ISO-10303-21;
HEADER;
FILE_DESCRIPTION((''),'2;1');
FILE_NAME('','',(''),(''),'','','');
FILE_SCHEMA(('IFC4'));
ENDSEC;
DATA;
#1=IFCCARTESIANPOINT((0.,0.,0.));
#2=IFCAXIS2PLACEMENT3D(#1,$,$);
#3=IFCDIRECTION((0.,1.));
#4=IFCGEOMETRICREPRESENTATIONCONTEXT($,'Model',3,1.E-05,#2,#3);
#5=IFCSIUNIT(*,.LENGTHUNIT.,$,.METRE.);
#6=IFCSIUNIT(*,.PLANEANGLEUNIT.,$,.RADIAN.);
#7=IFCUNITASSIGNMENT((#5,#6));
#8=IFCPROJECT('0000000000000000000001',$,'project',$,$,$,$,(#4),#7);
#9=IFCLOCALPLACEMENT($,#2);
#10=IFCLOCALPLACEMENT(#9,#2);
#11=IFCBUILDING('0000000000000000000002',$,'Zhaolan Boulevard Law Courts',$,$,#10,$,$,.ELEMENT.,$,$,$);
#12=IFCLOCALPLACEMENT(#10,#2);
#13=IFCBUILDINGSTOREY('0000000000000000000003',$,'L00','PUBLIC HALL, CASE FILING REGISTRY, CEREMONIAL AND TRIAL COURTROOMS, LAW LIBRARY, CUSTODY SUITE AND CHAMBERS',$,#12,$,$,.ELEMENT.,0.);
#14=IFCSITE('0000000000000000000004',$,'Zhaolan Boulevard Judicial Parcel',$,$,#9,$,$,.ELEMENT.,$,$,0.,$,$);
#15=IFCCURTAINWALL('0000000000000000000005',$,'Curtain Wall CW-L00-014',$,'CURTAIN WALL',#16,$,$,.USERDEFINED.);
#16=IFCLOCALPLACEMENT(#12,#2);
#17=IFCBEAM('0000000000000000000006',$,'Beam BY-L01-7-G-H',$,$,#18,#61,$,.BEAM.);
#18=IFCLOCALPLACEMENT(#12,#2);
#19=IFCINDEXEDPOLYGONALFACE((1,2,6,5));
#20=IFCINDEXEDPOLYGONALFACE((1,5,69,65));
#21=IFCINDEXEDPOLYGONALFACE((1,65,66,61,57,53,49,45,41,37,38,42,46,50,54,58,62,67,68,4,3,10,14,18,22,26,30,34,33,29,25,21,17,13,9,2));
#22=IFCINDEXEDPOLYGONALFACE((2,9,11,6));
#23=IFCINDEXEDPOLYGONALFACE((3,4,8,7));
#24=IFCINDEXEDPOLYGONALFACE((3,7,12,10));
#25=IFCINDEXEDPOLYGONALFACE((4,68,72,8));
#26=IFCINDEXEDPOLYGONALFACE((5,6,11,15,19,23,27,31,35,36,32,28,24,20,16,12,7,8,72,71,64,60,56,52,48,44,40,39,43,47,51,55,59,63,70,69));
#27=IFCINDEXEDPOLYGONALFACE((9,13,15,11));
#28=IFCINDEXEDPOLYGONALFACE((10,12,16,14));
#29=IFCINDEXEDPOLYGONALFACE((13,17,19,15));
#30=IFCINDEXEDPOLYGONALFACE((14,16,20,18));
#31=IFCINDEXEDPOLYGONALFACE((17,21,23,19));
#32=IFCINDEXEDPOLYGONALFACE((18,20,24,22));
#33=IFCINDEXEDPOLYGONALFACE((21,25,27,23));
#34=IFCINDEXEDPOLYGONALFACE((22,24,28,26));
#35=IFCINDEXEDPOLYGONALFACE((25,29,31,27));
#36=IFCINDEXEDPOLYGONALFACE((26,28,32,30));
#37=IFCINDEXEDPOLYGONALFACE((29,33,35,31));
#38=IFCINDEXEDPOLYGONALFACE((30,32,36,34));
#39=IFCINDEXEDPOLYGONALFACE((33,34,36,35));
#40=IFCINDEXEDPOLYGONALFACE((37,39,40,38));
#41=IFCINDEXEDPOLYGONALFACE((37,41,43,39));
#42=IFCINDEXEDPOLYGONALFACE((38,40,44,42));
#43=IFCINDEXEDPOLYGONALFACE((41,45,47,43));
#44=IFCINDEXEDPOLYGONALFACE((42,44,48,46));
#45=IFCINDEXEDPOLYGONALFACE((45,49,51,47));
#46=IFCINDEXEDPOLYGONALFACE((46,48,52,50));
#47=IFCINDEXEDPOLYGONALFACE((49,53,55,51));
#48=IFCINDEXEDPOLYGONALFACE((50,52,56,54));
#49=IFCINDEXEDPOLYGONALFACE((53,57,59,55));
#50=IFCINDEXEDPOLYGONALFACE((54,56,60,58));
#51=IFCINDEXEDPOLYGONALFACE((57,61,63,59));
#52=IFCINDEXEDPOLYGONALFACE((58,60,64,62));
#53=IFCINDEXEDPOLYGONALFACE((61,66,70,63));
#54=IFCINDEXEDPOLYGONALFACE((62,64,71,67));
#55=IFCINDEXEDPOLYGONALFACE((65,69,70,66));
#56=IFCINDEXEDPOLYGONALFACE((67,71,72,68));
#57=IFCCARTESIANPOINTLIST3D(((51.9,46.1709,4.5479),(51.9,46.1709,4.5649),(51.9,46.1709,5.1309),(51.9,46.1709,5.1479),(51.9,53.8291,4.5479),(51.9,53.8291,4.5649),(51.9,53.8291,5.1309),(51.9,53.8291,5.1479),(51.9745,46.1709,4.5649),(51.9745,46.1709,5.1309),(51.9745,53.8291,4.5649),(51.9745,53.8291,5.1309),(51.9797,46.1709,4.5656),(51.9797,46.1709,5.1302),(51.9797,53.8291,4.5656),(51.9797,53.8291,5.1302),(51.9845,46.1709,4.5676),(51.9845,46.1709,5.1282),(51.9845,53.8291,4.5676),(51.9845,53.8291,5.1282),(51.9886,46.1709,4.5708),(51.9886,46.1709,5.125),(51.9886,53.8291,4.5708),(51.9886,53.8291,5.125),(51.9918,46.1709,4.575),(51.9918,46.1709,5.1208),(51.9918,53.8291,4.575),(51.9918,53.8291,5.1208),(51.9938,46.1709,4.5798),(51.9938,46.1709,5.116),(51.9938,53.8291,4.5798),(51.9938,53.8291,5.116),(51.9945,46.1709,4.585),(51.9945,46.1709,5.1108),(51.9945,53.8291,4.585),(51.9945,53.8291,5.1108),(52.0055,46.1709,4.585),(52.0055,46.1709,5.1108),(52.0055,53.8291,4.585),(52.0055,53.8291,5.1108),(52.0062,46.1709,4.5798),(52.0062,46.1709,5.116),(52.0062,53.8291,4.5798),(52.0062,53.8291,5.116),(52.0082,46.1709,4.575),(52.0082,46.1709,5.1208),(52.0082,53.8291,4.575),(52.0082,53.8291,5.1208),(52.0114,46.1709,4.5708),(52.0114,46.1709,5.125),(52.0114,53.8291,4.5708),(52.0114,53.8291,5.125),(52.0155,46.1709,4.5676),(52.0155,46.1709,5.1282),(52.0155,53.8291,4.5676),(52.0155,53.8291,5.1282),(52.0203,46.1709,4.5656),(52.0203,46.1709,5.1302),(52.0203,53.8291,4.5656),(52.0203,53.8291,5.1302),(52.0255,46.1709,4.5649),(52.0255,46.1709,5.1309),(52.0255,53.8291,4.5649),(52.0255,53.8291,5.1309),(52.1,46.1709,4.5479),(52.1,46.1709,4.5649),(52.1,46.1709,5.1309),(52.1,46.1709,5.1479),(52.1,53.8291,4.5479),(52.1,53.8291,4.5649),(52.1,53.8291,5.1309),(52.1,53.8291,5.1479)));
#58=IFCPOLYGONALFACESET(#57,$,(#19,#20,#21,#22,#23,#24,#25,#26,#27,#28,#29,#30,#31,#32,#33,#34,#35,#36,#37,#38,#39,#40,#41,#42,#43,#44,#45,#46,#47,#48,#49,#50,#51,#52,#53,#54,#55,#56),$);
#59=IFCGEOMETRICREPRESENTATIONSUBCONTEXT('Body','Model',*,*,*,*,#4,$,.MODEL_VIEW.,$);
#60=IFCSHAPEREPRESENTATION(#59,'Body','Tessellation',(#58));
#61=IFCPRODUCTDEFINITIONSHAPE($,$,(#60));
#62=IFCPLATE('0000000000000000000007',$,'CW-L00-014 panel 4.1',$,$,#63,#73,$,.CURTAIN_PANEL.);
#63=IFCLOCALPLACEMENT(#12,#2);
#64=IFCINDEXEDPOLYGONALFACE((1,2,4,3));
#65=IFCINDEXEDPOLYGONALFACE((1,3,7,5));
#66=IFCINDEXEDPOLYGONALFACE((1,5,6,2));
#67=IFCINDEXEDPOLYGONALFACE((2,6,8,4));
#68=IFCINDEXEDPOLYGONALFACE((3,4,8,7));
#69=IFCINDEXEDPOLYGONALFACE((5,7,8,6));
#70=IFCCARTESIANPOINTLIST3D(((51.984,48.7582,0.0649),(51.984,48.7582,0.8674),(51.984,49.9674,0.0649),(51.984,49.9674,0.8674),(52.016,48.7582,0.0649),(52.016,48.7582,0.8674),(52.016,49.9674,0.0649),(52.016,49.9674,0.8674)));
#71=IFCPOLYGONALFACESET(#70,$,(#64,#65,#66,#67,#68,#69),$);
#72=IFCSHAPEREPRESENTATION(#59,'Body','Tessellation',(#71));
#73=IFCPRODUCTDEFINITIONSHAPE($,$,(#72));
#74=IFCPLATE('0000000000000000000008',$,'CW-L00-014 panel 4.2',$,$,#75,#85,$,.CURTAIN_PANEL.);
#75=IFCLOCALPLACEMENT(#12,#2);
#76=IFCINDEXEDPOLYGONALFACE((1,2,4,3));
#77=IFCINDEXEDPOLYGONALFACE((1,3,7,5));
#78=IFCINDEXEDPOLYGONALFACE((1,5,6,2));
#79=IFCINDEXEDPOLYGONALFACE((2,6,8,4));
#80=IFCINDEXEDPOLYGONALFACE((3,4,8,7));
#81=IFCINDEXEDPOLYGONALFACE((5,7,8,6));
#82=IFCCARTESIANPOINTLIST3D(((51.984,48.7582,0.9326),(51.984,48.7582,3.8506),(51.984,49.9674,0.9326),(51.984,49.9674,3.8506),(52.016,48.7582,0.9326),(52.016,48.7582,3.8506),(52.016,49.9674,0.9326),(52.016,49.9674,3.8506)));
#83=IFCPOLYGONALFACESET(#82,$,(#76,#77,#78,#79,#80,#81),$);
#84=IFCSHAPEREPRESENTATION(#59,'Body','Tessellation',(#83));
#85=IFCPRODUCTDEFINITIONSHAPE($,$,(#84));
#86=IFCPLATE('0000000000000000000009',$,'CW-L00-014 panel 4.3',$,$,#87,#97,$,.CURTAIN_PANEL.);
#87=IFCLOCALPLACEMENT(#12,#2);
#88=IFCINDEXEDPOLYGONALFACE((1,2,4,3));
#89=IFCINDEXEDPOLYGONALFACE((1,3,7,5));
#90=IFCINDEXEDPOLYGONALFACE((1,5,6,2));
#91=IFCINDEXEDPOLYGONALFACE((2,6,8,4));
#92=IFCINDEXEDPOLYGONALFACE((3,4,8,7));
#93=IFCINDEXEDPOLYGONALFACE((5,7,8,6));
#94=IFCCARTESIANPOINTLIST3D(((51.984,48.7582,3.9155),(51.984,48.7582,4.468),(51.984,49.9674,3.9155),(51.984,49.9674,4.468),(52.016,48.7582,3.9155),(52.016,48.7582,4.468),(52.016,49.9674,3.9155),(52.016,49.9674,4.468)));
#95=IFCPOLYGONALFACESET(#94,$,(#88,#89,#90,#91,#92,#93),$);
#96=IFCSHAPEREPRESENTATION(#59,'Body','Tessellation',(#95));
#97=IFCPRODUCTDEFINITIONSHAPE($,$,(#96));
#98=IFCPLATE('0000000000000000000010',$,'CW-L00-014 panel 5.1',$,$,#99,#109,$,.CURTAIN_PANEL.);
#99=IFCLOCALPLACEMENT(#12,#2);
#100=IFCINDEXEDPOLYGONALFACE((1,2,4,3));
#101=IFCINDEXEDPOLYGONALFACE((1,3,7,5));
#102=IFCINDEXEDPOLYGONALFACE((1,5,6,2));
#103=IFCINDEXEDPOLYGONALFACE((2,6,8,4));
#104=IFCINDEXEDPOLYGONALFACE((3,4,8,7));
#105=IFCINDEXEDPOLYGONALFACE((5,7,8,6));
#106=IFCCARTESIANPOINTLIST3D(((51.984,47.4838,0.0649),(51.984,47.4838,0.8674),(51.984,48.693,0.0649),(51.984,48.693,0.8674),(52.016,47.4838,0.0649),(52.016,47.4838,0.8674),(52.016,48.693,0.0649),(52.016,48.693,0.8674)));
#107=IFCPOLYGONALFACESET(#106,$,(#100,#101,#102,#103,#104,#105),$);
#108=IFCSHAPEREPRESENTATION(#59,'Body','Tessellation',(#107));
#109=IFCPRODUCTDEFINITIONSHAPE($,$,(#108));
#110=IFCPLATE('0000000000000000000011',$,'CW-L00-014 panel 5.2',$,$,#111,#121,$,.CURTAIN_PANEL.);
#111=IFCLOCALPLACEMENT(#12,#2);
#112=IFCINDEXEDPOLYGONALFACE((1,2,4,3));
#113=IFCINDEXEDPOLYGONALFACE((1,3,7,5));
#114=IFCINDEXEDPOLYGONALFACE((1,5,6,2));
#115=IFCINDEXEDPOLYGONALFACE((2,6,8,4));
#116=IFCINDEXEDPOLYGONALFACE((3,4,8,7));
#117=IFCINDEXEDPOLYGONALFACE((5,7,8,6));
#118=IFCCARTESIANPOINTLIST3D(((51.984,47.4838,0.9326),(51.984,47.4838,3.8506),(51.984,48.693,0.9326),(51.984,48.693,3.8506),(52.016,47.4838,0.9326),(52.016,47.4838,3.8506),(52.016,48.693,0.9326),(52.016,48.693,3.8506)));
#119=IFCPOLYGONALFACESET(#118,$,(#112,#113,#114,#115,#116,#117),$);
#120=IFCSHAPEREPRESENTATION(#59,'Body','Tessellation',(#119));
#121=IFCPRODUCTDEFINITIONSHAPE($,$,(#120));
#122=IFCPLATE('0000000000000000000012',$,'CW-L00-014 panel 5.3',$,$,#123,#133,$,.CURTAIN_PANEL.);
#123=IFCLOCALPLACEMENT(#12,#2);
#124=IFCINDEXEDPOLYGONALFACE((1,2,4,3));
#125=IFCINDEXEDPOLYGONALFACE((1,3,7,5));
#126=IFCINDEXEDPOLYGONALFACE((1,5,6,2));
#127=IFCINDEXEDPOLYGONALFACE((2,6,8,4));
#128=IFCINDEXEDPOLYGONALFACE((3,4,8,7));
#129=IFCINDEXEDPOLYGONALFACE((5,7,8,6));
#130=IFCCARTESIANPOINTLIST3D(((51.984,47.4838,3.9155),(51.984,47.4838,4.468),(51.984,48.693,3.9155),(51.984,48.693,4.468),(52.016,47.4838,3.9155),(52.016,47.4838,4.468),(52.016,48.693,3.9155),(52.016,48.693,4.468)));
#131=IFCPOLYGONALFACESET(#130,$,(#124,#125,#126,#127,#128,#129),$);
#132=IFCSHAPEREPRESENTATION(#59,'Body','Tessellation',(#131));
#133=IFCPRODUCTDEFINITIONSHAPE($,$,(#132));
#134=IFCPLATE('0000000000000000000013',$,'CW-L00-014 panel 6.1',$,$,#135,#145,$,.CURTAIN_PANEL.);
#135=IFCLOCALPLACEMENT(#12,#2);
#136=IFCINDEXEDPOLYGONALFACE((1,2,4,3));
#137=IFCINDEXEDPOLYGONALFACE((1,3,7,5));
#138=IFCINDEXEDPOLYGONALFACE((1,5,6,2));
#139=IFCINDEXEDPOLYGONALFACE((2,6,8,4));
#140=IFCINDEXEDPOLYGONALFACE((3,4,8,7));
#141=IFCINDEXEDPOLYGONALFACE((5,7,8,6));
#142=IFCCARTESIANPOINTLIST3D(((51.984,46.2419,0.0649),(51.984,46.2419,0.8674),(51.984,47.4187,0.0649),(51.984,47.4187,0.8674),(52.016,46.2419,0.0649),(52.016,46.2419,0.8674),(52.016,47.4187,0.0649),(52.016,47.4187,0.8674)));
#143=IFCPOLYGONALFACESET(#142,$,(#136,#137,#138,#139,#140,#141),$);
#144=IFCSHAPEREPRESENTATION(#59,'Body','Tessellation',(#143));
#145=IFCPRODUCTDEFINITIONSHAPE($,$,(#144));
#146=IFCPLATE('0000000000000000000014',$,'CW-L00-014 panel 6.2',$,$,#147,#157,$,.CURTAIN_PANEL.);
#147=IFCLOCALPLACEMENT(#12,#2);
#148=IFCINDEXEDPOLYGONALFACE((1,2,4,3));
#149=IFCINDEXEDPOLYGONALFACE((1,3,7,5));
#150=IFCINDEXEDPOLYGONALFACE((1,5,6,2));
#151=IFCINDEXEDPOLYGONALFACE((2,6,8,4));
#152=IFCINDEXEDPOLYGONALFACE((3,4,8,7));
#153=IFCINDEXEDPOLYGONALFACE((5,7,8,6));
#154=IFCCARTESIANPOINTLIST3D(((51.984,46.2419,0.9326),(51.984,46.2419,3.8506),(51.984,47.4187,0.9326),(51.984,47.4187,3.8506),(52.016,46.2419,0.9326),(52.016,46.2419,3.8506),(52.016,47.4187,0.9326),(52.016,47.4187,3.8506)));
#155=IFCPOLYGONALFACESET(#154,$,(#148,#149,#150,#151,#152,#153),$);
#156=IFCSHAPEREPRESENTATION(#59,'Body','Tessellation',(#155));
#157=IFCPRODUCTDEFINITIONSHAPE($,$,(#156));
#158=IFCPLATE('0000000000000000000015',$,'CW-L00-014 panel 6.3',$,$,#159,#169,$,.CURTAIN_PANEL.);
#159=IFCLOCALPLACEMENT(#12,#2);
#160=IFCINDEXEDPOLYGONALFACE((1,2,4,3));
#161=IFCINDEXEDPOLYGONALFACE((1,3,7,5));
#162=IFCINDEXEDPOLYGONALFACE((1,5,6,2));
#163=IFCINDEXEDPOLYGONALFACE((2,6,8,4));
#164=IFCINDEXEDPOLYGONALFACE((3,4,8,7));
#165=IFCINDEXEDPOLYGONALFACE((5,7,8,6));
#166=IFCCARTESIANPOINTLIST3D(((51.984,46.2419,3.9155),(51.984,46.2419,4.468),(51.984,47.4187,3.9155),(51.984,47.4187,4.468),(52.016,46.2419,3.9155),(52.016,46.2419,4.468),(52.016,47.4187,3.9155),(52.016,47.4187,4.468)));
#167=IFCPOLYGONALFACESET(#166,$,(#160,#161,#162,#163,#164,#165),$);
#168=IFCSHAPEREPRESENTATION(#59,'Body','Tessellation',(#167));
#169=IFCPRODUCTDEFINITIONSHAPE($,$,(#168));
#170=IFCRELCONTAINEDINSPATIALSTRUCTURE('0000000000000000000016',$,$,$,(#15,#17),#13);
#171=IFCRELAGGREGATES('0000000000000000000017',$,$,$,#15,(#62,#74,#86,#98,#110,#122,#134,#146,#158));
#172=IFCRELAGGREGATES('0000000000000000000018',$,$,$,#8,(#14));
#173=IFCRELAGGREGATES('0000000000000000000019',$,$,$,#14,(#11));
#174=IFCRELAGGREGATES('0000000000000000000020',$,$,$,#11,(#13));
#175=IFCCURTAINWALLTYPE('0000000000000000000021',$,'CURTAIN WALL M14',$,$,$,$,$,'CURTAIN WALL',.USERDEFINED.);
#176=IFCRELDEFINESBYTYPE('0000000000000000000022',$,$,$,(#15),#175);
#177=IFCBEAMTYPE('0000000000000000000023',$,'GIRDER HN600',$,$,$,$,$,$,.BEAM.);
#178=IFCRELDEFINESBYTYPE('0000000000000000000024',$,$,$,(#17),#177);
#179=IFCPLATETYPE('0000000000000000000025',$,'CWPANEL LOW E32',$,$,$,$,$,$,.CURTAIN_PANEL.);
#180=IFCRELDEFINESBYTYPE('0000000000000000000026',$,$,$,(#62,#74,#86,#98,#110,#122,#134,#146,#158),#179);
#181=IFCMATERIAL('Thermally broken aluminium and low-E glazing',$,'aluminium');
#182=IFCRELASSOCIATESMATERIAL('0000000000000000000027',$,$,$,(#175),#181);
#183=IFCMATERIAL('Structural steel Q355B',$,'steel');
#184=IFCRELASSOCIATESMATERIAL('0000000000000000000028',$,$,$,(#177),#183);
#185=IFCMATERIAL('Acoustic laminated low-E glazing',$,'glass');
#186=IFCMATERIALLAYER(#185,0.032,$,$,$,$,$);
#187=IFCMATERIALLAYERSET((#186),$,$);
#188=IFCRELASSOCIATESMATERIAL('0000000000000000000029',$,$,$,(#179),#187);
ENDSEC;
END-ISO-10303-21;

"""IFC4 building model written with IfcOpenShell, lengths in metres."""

from ifc_helpers import new_model, si_unit, direction, frame, origin, origin_2d, place, context, subcontext, project, spatial, rectangle, i_section, extrude, material, layer, layer_set, material_profile, profile_set, type_object, element, aggregate, save


model = new_model("IFC4")

# Units and contexts
model_context = context("Model", 3, precision=1e-05, world=origin(), true_north=direction((0.0, 1.0)))
body_context = subcontext(model_context, "Body", "Model", "MODEL_VIEW")
ifc_project = project(units=[si_unit("LENGTHUNIT", "METRE"), si_unit("PLANEANGLEUNIT", "RADIAN")], contexts=[model_context])

# Site, building, storey
site_placement = place(None, origin())
site = spatial("IfcSite", under=ifc_project, at=site_placement, Name="Zhaolan Boulevard Judicial Parcel", CompositionType="ELEMENT", RefElevation=0.0)
building_placement = place(site_placement, origin())
building = spatial("IfcBuilding", under=site, at=building_placement, Name="Zhaolan Boulevard Law Courts", CompositionType="ELEMENT")
storey_placement = place(building_placement, origin())
storey = spatial("IfcBuildingStorey", under=building, at=storey_placement, Name="L00", Description="PUBLIC HALL, CASE FILING REGISTRY, CEREMONIAL AND TRIAL COURTROOMS, LAW LIBRARY, CUSTODY SUITE AND CHAMBERS", CompositionType="ELEMENT", Elevation=0.0)

# Curtain wall
ifc_material_1 = material(Name="Thermally broken aluminium and low-E glazing", Category="aluminium")
curtain_wall_type = type_object("IfcCurtainWallType", Name="CURTAIN WALL M14", ElementType="CURTAIN WALL", PredefinedType="USERDEFINED", material=ifc_material_1)
curtain_wall_placement = place(storey_placement, origin())
curtain_wall = element("IfcCurtainWall", 1, at=curtain_wall_placement, inside=storey, type_object=curtain_wall_type, Name="Curtain Wall CW-L00-014", ObjectType="CURTAIN WALL", PredefinedType="USERDEFINED")

# Beam
ifc_material_2 = material(Name="Structural steel Q355B", Category="steel")
ifc_material_profile_1 = material_profile(ifc_material_2, i_section(OverallWidth=0.2, OverallDepth=0.6001, WebThickness=0.011, FlangeThickness=0.0171, FilletRadius=0.02, at=origin_2d()), Name="HN600x200")
ifc_profile_set_1 = profile_set([ifc_material_profile_1], Name="Structural steel Q355B")
beam_type = type_object("IfcBeamType", Name="GIRDER HN600", PredefinedType="BEAM", material=ifc_profile_set_1)
beam_placement = place(storey_placement, frame((52.0, 46.1709, 4.8479), z_axis=(0.0, 1.0, 0.0), x_axis=(-1.0, 0.0, 0.0)))
element("IfcBeam", 2, at=beam_placement, inside=storey, type_object=beam_type, Name="Beam BY-L01-7-G-H", PredefinedType="BEAM", context=body_context, shape_type="SweptSolid", body=[
    extrude(i_section(OverallWidth=0.2, OverallDepth=0.6001, WebThickness=0.011, FlangeThickness=0.0171, FilletRadius=0.02, at=origin_2d()), origin(), (0.0, 0.0, 1.0), 7.6582),
])

# Plates
ifc_material_3 = material(Name="Acoustic laminated low-E glazing", Category="glass")
ifc_layer = layer(ifc_material_3, 0.032)
ifc_layer_set = layer_set([ifc_layer])
plate_type = type_object("IfcPlateType", Name="CWPANEL LOW E32", PredefinedType="CURTAIN_PANEL", material=ifc_layer_set)
plate_1_placement = place(storey_placement, frame((52.0, 49.3628, 0.0649), z_axis=(0.0, 0.0, 1.0), x_axis=(0.0, -1.0, 0.0)))
plate_1 = element("IfcPlate", 3, at=plate_1_placement, type_object=plate_type, Name="CW-L00-014 panel 4.1", PredefinedType="CURTAIN_PANEL", context=body_context, shape_type="SweptSolid", body=[
    extrude(rectangle(XDim=1.2092, YDim=0.032, at=origin_2d()), origin(), (0.0, 0.0, 1.0), 0.8025),
])
plate_2_placement = place(storey_placement, frame((52.0, 49.3628, 0.9326), z_axis=(0.0, 0.0, 1.0), x_axis=(0.0, -1.0, 0.0)))
plate_2 = element("IfcPlate", 4, at=plate_2_placement, type_object=plate_type, Name="CW-L00-014 panel 4.2", PredefinedType="CURTAIN_PANEL", context=body_context, shape_type="SweptSolid", body=[
    extrude(rectangle(XDim=1.2092, YDim=0.032, at=origin_2d()), origin(), (0.0, 0.0, 1.0), 2.918),
])
plate_3_placement = place(storey_placement, frame((52.0, 49.3628, 3.9155), z_axis=(0.0, 0.0, 1.0), x_axis=(0.0, -1.0, 0.0)))
plate_3 = element("IfcPlate", 5, at=plate_3_placement, type_object=plate_type, Name="CW-L00-014 panel 4.3", PredefinedType="CURTAIN_PANEL", context=body_context, shape_type="SweptSolid", body=[
    extrude(rectangle(XDim=1.2092, YDim=0.032, at=origin_2d()), origin(), (0.0, 0.0, 1.0), 0.5525),
])
plate_4_placement = place(storey_placement, frame((52.0, 48.0884, 0.0649), z_axis=(0.0, 0.0, 1.0), x_axis=(0.0, -1.0, 0.0)))
plate_4 = element("IfcPlate", 6, at=plate_4_placement, type_object=plate_type, Name="CW-L00-014 panel 5.1", PredefinedType="CURTAIN_PANEL", context=body_context, shape_type="SweptSolid", body=[
    extrude(rectangle(XDim=1.2092, YDim=0.032, at=origin_2d()), origin(), (0.0, 0.0, 1.0), 0.8025),
])
plate_5_placement = place(storey_placement, frame((52.0, 48.0884, 0.9326), z_axis=(0.0, 0.0, 1.0), x_axis=(0.0, -1.0, 0.0)))
plate_5 = element("IfcPlate", 7, at=plate_5_placement, type_object=plate_type, Name="CW-L00-014 panel 5.2", PredefinedType="CURTAIN_PANEL", context=body_context, shape_type="SweptSolid", body=[
    extrude(rectangle(XDim=1.2092, YDim=0.032, at=origin_2d()), origin(), (0.0, 0.0, 1.0), 2.918),
])
plate_6_placement = place(storey_placement, frame((52.0, 48.0884, 3.9155), z_axis=(0.0, 0.0, 1.0), x_axis=(0.0, -1.0, 0.0)))
plate_6 = element("IfcPlate", 8, at=plate_6_placement, type_object=plate_type, Name="CW-L00-014 panel 5.3", PredefinedType="CURTAIN_PANEL", context=body_context, shape_type="SweptSolid", body=[
    extrude(rectangle(XDim=1.2092, YDim=0.032, at=origin_2d()), origin(), (0.0, 0.0, 1.0), 0.5525),
])
plate_7_placement = place(storey_placement, frame((52.0, 46.8303, 0.0649), z_axis=(0.0, 0.0, 1.0), x_axis=(0.0, -1.0, 0.0)))
plate_7 = element("IfcPlate", 9, at=plate_7_placement, type_object=plate_type, Name="CW-L00-014 panel 6.1", PredefinedType="CURTAIN_PANEL", context=body_context, shape_type="SweptSolid", body=[
    extrude(rectangle(XDim=1.1768, YDim=0.032, at=origin_2d()), origin(), (0.0, 0.0, 1.0), 0.8025),
])
plate_8_placement = place(storey_placement, frame((52.0, 46.8303, 0.9326), z_axis=(0.0, 0.0, 1.0), x_axis=(0.0, -1.0, 0.0)))
plate_8 = element("IfcPlate", 10, at=plate_8_placement, type_object=plate_type, Name="CW-L00-014 panel 6.2", PredefinedType="CURTAIN_PANEL", context=body_context, shape_type="SweptSolid", body=[
    extrude(rectangle(XDim=1.1768, YDim=0.032, at=origin_2d()), origin(), (0.0, 0.0, 1.0), 2.918),
])
plate_9_placement = place(storey_placement, frame((52.0, 46.8303, 3.9155), z_axis=(0.0, 0.0, 1.0), x_axis=(0.0, -1.0, 0.0)))
plate_9 = element("IfcPlate", 11, at=plate_9_placement, type_object=plate_type, Name="CW-L00-014 panel 6.3", PredefinedType="CURTAIN_PANEL", context=body_context, shape_type="SweptSolid", body=[
    extrude(rectangle(XDim=1.1768, YDim=0.032, at=origin_2d()), origin(), (0.0, 0.0, 1.0), 0.5525),
])
aggregate(curtain_wall, [plate_1, plate_2, plate_3, plate_4, plate_5, plate_6, plate_7, plate_8, plate_9])

save(model, "model.ifc")
